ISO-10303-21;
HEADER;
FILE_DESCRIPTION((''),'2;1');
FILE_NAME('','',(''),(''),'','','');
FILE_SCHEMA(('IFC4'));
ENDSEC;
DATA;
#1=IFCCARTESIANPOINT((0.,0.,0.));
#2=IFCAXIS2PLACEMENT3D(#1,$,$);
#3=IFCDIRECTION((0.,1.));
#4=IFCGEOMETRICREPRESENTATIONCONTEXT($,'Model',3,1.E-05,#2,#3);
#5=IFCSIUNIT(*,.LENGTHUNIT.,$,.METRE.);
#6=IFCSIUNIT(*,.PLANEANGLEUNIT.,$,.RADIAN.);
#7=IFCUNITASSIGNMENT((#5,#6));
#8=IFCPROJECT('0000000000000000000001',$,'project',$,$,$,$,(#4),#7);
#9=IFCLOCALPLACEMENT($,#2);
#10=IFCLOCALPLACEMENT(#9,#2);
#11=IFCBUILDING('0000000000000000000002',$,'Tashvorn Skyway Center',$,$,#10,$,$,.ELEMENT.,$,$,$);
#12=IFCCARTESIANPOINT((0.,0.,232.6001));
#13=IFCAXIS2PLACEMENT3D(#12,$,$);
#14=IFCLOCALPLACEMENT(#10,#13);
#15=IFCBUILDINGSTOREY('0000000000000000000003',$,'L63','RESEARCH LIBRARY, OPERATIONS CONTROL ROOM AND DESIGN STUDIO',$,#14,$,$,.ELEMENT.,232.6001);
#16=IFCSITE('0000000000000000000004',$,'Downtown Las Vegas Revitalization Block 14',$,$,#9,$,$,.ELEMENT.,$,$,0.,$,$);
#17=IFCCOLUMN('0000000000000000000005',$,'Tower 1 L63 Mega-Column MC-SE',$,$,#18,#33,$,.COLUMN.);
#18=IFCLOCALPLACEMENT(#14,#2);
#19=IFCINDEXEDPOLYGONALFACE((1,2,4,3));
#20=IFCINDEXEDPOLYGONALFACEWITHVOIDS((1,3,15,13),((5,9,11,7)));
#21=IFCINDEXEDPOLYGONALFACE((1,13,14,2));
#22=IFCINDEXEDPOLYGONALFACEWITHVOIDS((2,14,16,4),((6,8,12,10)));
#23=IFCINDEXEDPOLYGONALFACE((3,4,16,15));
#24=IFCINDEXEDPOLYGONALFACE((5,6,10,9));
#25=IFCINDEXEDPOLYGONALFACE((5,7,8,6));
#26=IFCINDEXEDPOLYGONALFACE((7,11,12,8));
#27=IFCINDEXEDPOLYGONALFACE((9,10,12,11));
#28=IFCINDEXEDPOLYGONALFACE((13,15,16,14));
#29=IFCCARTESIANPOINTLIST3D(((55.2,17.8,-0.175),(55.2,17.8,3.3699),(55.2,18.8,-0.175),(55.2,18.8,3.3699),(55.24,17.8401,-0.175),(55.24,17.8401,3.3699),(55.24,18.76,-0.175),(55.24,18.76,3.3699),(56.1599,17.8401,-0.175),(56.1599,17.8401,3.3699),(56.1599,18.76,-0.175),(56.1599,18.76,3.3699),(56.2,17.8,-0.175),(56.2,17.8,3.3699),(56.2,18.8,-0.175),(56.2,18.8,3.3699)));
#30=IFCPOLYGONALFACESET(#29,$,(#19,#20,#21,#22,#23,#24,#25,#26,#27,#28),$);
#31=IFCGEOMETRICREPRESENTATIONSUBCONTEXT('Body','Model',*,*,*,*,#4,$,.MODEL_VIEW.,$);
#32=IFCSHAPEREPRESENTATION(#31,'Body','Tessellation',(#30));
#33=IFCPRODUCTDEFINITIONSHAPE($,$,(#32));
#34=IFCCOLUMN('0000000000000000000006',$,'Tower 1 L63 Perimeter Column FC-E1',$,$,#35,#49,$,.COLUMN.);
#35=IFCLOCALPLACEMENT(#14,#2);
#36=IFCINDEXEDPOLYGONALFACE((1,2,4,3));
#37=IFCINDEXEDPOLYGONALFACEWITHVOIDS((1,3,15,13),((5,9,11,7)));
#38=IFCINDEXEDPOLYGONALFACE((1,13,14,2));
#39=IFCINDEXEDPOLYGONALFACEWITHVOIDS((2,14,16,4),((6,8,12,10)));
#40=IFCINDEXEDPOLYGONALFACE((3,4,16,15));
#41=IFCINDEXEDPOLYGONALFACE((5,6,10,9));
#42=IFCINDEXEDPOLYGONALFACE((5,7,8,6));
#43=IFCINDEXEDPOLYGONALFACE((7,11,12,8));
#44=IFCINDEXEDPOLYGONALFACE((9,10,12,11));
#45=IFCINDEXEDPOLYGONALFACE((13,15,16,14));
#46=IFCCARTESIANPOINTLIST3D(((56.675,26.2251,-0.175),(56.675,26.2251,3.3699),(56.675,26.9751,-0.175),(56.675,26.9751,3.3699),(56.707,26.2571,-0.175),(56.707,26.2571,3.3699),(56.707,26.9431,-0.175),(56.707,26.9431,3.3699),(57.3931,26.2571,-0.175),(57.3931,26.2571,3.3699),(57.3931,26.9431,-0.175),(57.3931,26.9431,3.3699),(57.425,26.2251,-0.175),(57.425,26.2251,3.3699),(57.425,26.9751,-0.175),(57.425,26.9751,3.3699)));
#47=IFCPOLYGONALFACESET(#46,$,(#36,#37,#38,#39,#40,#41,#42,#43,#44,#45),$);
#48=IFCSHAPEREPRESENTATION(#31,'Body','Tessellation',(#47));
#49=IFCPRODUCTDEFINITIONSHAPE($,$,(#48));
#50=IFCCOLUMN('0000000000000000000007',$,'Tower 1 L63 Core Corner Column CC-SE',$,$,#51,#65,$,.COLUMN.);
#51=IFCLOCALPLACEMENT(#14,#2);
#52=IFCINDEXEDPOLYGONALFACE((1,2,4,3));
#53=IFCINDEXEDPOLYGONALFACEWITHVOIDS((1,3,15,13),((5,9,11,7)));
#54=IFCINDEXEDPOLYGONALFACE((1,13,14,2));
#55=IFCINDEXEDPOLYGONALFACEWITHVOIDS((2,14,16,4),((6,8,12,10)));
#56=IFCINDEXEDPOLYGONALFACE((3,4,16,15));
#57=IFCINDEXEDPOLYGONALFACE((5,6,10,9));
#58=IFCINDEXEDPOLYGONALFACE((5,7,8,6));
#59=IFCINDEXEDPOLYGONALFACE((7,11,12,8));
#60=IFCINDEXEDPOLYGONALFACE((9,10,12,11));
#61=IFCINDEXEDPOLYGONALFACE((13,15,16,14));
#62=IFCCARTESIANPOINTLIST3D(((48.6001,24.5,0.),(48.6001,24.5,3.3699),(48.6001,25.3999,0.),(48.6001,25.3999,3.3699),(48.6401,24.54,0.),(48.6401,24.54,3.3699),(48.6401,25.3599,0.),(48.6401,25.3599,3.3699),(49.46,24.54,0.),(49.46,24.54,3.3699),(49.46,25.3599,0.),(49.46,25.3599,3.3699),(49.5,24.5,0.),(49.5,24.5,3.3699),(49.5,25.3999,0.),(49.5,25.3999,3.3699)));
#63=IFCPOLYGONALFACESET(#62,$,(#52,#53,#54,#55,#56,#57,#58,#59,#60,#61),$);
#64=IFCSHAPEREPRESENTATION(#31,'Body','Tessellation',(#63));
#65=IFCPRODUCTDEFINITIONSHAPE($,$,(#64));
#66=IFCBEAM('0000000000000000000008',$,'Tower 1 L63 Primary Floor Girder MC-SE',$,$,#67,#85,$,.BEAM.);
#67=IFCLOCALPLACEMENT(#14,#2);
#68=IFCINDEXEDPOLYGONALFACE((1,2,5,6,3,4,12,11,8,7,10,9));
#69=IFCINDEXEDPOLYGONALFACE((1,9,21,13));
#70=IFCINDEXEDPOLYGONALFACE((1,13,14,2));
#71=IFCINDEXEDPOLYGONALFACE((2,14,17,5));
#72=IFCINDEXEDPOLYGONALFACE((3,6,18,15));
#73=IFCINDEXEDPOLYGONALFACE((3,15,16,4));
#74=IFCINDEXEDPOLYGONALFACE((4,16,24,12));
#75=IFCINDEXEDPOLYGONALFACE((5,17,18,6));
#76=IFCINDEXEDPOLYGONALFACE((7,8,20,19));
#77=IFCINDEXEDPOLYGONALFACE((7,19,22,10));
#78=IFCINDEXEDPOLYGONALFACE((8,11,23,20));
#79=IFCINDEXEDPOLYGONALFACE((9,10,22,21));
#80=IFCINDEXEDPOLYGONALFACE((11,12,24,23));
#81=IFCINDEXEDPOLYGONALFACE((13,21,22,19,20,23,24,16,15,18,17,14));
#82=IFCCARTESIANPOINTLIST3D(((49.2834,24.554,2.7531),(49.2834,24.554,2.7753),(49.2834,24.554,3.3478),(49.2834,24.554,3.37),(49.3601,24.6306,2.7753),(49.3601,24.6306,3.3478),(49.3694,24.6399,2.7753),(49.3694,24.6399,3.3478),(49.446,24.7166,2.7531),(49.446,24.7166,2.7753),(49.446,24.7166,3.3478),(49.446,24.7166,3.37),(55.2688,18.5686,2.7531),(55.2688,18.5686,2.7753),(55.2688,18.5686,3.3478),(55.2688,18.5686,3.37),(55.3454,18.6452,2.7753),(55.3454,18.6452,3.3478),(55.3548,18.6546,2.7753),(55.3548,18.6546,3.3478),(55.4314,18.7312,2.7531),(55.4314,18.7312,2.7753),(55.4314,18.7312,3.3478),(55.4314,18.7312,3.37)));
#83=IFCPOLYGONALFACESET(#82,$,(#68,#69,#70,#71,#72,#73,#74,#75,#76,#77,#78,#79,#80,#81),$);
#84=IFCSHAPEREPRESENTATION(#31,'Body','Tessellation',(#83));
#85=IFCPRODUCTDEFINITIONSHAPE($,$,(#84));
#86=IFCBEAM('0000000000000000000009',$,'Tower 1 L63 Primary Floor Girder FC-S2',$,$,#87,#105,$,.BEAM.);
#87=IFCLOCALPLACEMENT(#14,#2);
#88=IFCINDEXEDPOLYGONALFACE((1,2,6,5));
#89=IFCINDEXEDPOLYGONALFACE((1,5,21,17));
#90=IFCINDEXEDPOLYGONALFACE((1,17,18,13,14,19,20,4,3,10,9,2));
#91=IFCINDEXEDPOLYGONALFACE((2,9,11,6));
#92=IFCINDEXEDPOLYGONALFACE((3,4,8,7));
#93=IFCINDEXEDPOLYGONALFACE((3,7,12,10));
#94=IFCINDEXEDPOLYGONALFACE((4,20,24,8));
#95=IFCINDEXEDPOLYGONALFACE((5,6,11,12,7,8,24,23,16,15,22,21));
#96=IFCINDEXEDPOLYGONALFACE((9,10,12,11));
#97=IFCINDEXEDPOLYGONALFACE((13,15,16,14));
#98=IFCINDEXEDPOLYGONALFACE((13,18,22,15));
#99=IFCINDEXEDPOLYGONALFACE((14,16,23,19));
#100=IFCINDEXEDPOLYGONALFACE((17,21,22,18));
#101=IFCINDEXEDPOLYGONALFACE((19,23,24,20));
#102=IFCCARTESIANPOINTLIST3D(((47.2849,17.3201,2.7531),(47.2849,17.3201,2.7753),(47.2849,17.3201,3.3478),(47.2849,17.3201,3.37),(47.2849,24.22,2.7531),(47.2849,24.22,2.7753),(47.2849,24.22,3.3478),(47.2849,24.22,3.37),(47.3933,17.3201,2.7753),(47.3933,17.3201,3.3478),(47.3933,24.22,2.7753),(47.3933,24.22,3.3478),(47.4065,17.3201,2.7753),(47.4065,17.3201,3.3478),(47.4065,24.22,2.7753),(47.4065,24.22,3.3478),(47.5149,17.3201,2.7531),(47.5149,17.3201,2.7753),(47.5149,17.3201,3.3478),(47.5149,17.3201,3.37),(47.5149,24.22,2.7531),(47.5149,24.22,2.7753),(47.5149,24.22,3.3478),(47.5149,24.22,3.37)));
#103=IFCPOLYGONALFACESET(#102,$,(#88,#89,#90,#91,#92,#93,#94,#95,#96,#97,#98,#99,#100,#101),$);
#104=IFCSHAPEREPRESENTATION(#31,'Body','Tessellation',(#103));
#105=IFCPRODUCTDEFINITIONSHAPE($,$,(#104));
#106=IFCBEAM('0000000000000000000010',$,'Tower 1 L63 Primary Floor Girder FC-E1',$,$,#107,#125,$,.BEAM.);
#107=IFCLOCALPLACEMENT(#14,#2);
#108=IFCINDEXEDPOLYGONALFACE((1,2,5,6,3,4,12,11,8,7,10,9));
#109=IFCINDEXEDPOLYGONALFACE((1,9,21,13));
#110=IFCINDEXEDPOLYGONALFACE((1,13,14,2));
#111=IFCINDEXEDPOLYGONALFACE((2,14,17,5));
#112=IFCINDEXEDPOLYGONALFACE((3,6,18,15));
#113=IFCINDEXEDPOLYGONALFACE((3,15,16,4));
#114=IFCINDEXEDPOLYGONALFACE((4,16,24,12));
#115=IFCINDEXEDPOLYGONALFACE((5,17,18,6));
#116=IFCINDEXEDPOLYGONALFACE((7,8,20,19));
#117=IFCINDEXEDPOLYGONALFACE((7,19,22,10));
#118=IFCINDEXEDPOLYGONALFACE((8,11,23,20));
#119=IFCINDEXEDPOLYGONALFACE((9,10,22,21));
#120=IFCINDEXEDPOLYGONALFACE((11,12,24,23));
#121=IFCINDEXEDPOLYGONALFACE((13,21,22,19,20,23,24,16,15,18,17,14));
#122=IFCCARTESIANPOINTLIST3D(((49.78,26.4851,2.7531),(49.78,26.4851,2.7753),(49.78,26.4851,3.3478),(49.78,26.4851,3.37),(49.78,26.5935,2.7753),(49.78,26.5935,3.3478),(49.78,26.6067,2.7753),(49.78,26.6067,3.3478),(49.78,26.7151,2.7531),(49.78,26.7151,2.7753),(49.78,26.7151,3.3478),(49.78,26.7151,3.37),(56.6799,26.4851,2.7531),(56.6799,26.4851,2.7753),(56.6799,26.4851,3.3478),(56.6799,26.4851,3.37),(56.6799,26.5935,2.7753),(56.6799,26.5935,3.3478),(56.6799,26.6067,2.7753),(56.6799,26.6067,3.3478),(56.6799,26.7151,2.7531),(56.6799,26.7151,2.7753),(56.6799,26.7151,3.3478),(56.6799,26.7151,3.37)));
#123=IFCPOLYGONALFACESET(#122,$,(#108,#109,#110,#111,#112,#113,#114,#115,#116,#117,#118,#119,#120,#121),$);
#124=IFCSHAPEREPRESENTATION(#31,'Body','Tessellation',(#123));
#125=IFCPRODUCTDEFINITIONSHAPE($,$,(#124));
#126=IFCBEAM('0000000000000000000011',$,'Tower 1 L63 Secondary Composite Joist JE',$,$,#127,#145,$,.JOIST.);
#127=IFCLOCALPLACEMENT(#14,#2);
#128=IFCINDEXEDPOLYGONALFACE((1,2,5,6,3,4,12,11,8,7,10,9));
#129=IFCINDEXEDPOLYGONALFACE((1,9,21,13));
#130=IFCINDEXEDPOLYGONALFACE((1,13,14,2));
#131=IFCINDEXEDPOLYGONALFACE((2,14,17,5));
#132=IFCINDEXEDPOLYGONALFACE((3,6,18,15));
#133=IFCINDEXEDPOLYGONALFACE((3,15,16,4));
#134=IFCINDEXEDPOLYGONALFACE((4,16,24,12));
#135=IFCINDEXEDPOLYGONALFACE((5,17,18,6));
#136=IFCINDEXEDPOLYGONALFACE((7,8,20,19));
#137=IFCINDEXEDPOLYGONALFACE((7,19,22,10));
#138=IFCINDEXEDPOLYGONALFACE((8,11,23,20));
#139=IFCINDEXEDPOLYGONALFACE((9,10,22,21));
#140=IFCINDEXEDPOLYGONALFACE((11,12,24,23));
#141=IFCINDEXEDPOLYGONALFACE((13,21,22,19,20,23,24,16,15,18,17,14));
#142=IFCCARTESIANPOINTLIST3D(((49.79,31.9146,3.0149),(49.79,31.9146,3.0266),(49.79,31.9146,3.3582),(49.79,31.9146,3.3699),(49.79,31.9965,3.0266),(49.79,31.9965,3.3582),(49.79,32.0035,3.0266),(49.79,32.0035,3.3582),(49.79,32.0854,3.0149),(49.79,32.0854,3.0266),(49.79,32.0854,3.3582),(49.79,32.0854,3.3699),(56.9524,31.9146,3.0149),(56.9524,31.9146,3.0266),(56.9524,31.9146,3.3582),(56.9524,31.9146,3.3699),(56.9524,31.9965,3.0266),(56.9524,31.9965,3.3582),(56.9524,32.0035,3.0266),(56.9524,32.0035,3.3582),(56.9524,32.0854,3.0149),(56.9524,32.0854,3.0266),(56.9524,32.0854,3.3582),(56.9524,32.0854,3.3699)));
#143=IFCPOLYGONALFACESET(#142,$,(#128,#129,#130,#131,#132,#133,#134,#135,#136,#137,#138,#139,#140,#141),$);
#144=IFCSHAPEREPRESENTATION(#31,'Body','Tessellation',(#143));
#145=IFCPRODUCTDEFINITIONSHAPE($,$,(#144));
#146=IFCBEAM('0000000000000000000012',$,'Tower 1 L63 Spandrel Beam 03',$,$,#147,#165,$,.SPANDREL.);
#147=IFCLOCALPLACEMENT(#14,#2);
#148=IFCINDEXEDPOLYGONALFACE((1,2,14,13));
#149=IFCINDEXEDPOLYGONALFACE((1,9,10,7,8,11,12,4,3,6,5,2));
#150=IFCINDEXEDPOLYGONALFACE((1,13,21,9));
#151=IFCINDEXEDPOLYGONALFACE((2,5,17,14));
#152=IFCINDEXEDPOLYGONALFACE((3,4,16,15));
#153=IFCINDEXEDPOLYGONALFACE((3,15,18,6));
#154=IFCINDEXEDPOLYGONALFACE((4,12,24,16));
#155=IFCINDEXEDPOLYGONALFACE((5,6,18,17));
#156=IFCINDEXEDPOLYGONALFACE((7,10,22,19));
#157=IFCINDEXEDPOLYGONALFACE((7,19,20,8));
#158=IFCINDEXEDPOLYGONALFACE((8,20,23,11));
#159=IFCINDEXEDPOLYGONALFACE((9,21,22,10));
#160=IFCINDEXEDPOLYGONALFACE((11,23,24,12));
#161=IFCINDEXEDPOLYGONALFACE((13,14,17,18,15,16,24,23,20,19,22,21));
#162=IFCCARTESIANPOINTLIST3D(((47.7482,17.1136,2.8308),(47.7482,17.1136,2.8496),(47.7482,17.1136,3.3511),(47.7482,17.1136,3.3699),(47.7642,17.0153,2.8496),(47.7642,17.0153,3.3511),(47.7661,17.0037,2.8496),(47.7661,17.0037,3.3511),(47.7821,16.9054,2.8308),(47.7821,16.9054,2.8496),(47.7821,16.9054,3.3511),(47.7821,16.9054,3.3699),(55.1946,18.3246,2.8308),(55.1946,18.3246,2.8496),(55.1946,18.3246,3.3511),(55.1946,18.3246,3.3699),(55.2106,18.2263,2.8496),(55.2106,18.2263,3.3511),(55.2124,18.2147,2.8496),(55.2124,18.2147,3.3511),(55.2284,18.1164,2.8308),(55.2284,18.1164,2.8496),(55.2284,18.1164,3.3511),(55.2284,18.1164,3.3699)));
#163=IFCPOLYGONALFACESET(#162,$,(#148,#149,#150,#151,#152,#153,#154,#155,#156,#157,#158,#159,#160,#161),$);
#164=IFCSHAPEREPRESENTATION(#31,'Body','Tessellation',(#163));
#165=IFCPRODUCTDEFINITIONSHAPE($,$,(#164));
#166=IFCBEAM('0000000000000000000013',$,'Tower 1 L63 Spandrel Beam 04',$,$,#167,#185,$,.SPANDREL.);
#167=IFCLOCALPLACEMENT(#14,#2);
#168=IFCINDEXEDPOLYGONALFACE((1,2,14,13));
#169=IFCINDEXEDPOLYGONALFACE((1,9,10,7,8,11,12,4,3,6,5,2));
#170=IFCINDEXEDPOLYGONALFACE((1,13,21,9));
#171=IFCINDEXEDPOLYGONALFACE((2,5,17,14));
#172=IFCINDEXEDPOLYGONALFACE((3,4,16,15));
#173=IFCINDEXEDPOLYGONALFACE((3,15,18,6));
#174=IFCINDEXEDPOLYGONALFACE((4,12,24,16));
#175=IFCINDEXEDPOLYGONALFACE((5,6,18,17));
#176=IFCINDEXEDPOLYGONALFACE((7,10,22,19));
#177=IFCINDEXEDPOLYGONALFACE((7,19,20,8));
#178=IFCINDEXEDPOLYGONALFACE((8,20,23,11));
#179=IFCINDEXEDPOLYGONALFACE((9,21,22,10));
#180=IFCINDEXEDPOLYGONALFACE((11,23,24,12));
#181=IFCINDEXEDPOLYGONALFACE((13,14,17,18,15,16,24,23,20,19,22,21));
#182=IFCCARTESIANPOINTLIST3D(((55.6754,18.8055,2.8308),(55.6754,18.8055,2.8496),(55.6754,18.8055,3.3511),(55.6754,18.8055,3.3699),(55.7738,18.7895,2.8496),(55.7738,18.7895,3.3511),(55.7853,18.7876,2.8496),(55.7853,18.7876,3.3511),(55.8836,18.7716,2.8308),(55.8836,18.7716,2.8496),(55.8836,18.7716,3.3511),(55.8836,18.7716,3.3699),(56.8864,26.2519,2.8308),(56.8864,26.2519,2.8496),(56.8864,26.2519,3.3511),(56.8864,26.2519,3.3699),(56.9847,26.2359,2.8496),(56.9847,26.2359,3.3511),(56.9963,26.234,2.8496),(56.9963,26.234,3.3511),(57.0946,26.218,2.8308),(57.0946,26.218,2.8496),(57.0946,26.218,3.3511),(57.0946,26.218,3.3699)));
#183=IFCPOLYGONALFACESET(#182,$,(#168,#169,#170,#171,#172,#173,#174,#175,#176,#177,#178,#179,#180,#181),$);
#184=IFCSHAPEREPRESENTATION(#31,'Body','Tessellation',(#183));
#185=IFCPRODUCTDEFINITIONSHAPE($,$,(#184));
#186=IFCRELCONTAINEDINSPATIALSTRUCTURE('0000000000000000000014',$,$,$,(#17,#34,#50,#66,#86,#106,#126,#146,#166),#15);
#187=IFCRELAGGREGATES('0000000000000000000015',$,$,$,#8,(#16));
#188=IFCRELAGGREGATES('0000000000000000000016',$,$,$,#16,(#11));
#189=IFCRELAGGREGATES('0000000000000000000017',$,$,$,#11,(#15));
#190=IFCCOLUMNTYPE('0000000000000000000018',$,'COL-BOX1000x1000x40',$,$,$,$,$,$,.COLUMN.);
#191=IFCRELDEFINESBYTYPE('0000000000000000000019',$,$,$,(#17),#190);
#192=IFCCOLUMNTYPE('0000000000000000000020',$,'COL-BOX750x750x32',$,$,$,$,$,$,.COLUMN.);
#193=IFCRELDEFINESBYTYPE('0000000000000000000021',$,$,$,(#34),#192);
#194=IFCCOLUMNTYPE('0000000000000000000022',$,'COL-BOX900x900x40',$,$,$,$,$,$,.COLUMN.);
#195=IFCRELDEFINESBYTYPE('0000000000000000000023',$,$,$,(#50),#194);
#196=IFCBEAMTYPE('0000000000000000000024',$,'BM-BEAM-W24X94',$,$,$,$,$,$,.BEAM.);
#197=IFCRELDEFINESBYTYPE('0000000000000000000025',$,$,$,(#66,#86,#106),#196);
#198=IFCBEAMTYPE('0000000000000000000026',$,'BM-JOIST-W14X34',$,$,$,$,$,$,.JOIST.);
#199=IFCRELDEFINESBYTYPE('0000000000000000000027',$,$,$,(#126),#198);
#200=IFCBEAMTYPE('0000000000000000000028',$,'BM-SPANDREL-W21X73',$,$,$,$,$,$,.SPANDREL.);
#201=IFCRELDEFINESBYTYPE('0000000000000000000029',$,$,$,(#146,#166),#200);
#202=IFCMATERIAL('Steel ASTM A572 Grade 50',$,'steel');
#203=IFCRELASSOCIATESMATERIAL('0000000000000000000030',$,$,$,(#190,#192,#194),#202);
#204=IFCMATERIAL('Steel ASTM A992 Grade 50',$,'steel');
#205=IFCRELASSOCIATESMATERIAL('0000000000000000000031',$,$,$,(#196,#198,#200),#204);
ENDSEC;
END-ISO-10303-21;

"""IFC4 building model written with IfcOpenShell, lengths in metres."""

from ifc_helpers import new_model, si_unit, direction, frame, origin, origin_2d, place, context, subcontext, project, spatial, hollow_rectangle, i_section, extrude, material, material_profile, profile_set, type_object, element, save


model = new_model("IFC4")

# Units and contexts
model_context = context("Model", 3, precision=1e-05, world=origin(), true_north=direction((0.0, 1.0)))
body_context = subcontext(model_context, "Body", "Model", "MODEL_VIEW")
ifc_project = project(units=[si_unit("LENGTHUNIT", "METRE"), si_unit("PLANEANGLEUNIT", "RADIAN")], contexts=[model_context])

# Site, building, storey
site_placement = place(None, origin())
site = spatial("IfcSite", under=ifc_project, at=site_placement, Name="Downtown Las Vegas Revitalization Block 14", CompositionType="ELEMENT", RefElevation=0.0)
building_placement = place(site_placement, origin())
building = spatial("IfcBuilding", under=site, at=building_placement, Name="Tashvorn Skyway Center", CompositionType="ELEMENT")
storey_placement = place(building_placement, frame((0.0, 0.0, 232.6001)))
storey = spatial("IfcBuildingStorey", under=building, at=storey_placement, Name="L63", Description="RESEARCH LIBRARY, OPERATIONS CONTROL ROOM AND DESIGN STUDIO", CompositionType="ELEMENT", Elevation=232.6001)

# Columns
ifc_material_1 = material(Name="Steel ASTM A572 Grade 50", Category="steel")
ifc_material_profile_1 = material_profile(ifc_material_1, hollow_rectangle(XDim=1.0, YDim=1.0, WallThickness=0.04, at=origin_2d()), Name="BOX1000x1000x40")
ifc_profile_set_1 = profile_set([ifc_material_profile_1], Name="Steel ASTM A572 Grade 50")
column_type_1 = type_object("IfcColumnType", Name="COL-BOX1000x1000x40", PredefinedType="COLUMN", material=ifc_profile_set_1)
column_1_placement = place(storey_placement, frame((55.7, 18.3, -0.175), z_axis=(0.0, 0.0, 1.0), x_axis=(1.0, 0.0, 0.0)))
element("IfcColumn", 1, at=column_1_placement, inside=storey, type_object=column_type_1, Name="Tower 1 L63 Mega-Column MC-SE", PredefinedType="COLUMN", context=body_context, shape_type="SweptSolid", body=[
    extrude(hollow_rectangle(XDim=1.0, YDim=1.0, WallThickness=0.04, at=origin_2d()), origin(), (0.0, 0.0, 1.0), 3.5449),
])
ifc_material_profile_2 = material_profile(ifc_material_1, hollow_rectangle(XDim=0.75, YDim=0.75, WallThickness=0.032, at=origin_2d()), Name="BOX750x750x32")
ifc_profile_set_2 = profile_set([ifc_material_profile_2], Name="Steel ASTM A572 Grade 50")
column_type_2 = type_object("IfcColumnType", Name="COL-BOX750x750x32", PredefinedType="COLUMN", material=ifc_profile_set_2)
column_2_placement = place(storey_placement, frame((57.05, 26.6001, -0.175), z_axis=(0.0, 0.0, 1.0), x_axis=(1.0, 0.0, 0.0)))
element("IfcColumn", 2, at=column_2_placement, inside=storey, type_object=column_type_2, Name="Tower 1 L63 Perimeter Column FC-E1", PredefinedType="COLUMN", context=body_context, shape_type="SweptSolid", body=[
    extrude(hollow_rectangle(XDim=0.75, YDim=0.75, WallThickness=0.032, at=origin_2d()), origin(), (0.0, 0.0, 1.0), 3.5449),
])
ifc_material_profile_3 = material_profile(ifc_material_1, hollow_rectangle(XDim=0.8999, YDim=0.8999, WallThickness=0.04, at=origin_2d()), Name="BOX900x900x40")
ifc_profile_set_3 = profile_set([ifc_material_profile_3], Name="Steel ASTM A572 Grade 50")
column_type_3 = type_object("IfcColumnType", Name="COL-BOX900x900x40", PredefinedType="COLUMN", material=ifc_profile_set_3)
column_3_placement = place(storey_placement, frame((49.05, 24.95, 0.0), z_axis=(0.0, 0.0, 1.0), x_axis=(1.0, 0.0, 0.0)))
element("IfcColumn", 3, at=column_3_placement, inside=storey, type_object=column_type_3, Name="Tower 1 L63 Core Corner Column CC-SE", PredefinedType="COLUMN", context=body_context, shape_type="SweptSolid", body=[
    extrude(hollow_rectangle(XDim=0.8999, YDim=0.8999, WallThickness=0.04, at=origin_2d()), origin(), (0.0, 0.0, 1.0), 3.3699),
])

# Beams
ifc_material_2 = material(Name="Steel ASTM A992 Grade 50", Category="steel")
ifc_material_profile_4 = material_profile(ifc_material_2, i_section(OverallWidth=0.23, OverallDepth=0.6169, WebThickness=0.0132, FlangeThickness=0.0222, at=origin_2d()), Name="W24X94")
ifc_profile_set_4 = profile_set([ifc_material_profile_4], Name="Steel ASTM A992 Grade 50")
beam_type_1 = type_object("IfcBeamType", Name="BM-BEAM-W24X94", PredefinedType="BEAM", material=ifc_profile_set_4)
beam_1_placement = place(storey_placement, frame((55.3501, 18.6499, 3.0615), z_axis=(-0.707107, 0.707107, 0.0), x_axis=(-0.707107, -0.707107, 0.0)))
element("IfcBeam", 4, at=beam_1_placement, inside=storey, type_object=beam_type_1, Name="Tower 1 L63 Primary Floor Girder MC-SE", PredefinedType="BEAM", context=body_context, shape_type="SweptSolid", body=[
    extrude(i_section(OverallWidth=0.23, OverallDepth=0.6169, WebThickness=0.0132, FlangeThickness=0.0222, at=origin_2d()), origin(), (0.0, 0.0, 1.0), 8.4646),
])
for number, where, z_axis, x_axis, name in (
    (5, (47.3999, 17.3201, 3.0615), (0.0, 1.0, 0.0), (-1.0, 0.0, 0.0), "Tower 1 L63 Primary Floor Girder FC-S2"),
    (6, (56.6799, 26.6001, 3.0615), (-1.0, 0.0, 0.0), (0.0, -1.0, 0.0), "Tower 1 L63 Primary Floor Girder FC-E1"),
):
    element("IfcBeam", number, at=place(storey_placement, frame(where, z_axis=z_axis, x_axis=x_axis)), inside=storey, type_object=beam_type_1, Name=name, PredefinedType="BEAM", context=body_context, shape_type="SweptSolid", body=[
        extrude(i_section(OverallWidth=0.23, OverallDepth=0.6169, WebThickness=0.0132, FlangeThickness=0.0222, at=origin_2d()), origin(), (0.0, 0.0, 1.0), 6.8999),
    ])
ifc_material_profile_5 = material_profile(ifc_material_2, i_section(OverallWidth=0.1709, OverallDepth=0.355, WebThickness=0.0071, FlangeThickness=0.0117, at=origin_2d()), Name="W14X34")
ifc_profile_set_5 = profile_set([ifc_material_profile_5], Name="Steel ASTM A992 Grade 50")
beam_type_2 = type_object("IfcBeamType", Name="BM-JOIST-W14X34", PredefinedType="JOIST", material=ifc_profile_set_5)
beam_2_placement = place(storey_placement, frame((49.79, 32.0, 3.1924), z_axis=(1.0, 0.0, 0.0), x_axis=(0.0, 1.0, 0.0)))
element("IfcBeam", 7, at=beam_2_placement, inside=storey, type_object=beam_type_2, Name="Tower 1 L63 Secondary Composite Joist JE", PredefinedType="JOIST", context=body_context, shape_type="SweptSolid", body=[
    extrude(i_section(OverallWidth=0.1709, OverallDepth=0.355, WebThickness=0.0071, FlangeThickness=0.0117, at=origin_2d()), origin(), (0.0, 0.0, 1.0), 7.1624),
])
ifc_material_profile_6 = material_profile(ifc_material_2, i_section(OverallWidth=0.2109, OverallDepth=0.5391, WebThickness=0.0117, FlangeThickness=0.0188, at=origin_2d()), Name="W21X73")
ifc_profile_set_6 = profile_set([ifc_material_profile_6], Name="Steel ASTM A992 Grade 50")
beam_type_3 = type_object("IfcBeamType", Name="BM-SPANDREL-W21X73", PredefinedType="SPANDREL", material=ifc_profile_set_6)
for number, where, z_axis, x_axis, name in (
    (8, (47.7651, 17.0095, 3.1003), (0.987034, 0.160514, 0.0), (-0.160514, 0.987034, 0.0), "Tower 1 L63 Spandrel Beam 03"),
    (9, (55.7795, 18.7886, 3.1003), (0.160514, 0.987034, 0.0), (-0.987034, 0.160514, 0.0), "Tower 1 L63 Spandrel Beam 04"),
):
    element("IfcBeam", number, at=place(storey_placement, frame(where, z_axis=z_axis, x_axis=x_axis)), inside=storey, type_object=beam_type_3, Name=name, PredefinedType="SPANDREL", context=body_context, shape_type="SweptSolid", body=[
        extrude(i_section(OverallWidth=0.2109, OverallDepth=0.5391, WebThickness=0.0117, FlangeThickness=0.0188, at=origin_2d()), origin(), (0.0, 0.0, 1.0), 7.5442),
    ])

save(model, "model.ifc")
